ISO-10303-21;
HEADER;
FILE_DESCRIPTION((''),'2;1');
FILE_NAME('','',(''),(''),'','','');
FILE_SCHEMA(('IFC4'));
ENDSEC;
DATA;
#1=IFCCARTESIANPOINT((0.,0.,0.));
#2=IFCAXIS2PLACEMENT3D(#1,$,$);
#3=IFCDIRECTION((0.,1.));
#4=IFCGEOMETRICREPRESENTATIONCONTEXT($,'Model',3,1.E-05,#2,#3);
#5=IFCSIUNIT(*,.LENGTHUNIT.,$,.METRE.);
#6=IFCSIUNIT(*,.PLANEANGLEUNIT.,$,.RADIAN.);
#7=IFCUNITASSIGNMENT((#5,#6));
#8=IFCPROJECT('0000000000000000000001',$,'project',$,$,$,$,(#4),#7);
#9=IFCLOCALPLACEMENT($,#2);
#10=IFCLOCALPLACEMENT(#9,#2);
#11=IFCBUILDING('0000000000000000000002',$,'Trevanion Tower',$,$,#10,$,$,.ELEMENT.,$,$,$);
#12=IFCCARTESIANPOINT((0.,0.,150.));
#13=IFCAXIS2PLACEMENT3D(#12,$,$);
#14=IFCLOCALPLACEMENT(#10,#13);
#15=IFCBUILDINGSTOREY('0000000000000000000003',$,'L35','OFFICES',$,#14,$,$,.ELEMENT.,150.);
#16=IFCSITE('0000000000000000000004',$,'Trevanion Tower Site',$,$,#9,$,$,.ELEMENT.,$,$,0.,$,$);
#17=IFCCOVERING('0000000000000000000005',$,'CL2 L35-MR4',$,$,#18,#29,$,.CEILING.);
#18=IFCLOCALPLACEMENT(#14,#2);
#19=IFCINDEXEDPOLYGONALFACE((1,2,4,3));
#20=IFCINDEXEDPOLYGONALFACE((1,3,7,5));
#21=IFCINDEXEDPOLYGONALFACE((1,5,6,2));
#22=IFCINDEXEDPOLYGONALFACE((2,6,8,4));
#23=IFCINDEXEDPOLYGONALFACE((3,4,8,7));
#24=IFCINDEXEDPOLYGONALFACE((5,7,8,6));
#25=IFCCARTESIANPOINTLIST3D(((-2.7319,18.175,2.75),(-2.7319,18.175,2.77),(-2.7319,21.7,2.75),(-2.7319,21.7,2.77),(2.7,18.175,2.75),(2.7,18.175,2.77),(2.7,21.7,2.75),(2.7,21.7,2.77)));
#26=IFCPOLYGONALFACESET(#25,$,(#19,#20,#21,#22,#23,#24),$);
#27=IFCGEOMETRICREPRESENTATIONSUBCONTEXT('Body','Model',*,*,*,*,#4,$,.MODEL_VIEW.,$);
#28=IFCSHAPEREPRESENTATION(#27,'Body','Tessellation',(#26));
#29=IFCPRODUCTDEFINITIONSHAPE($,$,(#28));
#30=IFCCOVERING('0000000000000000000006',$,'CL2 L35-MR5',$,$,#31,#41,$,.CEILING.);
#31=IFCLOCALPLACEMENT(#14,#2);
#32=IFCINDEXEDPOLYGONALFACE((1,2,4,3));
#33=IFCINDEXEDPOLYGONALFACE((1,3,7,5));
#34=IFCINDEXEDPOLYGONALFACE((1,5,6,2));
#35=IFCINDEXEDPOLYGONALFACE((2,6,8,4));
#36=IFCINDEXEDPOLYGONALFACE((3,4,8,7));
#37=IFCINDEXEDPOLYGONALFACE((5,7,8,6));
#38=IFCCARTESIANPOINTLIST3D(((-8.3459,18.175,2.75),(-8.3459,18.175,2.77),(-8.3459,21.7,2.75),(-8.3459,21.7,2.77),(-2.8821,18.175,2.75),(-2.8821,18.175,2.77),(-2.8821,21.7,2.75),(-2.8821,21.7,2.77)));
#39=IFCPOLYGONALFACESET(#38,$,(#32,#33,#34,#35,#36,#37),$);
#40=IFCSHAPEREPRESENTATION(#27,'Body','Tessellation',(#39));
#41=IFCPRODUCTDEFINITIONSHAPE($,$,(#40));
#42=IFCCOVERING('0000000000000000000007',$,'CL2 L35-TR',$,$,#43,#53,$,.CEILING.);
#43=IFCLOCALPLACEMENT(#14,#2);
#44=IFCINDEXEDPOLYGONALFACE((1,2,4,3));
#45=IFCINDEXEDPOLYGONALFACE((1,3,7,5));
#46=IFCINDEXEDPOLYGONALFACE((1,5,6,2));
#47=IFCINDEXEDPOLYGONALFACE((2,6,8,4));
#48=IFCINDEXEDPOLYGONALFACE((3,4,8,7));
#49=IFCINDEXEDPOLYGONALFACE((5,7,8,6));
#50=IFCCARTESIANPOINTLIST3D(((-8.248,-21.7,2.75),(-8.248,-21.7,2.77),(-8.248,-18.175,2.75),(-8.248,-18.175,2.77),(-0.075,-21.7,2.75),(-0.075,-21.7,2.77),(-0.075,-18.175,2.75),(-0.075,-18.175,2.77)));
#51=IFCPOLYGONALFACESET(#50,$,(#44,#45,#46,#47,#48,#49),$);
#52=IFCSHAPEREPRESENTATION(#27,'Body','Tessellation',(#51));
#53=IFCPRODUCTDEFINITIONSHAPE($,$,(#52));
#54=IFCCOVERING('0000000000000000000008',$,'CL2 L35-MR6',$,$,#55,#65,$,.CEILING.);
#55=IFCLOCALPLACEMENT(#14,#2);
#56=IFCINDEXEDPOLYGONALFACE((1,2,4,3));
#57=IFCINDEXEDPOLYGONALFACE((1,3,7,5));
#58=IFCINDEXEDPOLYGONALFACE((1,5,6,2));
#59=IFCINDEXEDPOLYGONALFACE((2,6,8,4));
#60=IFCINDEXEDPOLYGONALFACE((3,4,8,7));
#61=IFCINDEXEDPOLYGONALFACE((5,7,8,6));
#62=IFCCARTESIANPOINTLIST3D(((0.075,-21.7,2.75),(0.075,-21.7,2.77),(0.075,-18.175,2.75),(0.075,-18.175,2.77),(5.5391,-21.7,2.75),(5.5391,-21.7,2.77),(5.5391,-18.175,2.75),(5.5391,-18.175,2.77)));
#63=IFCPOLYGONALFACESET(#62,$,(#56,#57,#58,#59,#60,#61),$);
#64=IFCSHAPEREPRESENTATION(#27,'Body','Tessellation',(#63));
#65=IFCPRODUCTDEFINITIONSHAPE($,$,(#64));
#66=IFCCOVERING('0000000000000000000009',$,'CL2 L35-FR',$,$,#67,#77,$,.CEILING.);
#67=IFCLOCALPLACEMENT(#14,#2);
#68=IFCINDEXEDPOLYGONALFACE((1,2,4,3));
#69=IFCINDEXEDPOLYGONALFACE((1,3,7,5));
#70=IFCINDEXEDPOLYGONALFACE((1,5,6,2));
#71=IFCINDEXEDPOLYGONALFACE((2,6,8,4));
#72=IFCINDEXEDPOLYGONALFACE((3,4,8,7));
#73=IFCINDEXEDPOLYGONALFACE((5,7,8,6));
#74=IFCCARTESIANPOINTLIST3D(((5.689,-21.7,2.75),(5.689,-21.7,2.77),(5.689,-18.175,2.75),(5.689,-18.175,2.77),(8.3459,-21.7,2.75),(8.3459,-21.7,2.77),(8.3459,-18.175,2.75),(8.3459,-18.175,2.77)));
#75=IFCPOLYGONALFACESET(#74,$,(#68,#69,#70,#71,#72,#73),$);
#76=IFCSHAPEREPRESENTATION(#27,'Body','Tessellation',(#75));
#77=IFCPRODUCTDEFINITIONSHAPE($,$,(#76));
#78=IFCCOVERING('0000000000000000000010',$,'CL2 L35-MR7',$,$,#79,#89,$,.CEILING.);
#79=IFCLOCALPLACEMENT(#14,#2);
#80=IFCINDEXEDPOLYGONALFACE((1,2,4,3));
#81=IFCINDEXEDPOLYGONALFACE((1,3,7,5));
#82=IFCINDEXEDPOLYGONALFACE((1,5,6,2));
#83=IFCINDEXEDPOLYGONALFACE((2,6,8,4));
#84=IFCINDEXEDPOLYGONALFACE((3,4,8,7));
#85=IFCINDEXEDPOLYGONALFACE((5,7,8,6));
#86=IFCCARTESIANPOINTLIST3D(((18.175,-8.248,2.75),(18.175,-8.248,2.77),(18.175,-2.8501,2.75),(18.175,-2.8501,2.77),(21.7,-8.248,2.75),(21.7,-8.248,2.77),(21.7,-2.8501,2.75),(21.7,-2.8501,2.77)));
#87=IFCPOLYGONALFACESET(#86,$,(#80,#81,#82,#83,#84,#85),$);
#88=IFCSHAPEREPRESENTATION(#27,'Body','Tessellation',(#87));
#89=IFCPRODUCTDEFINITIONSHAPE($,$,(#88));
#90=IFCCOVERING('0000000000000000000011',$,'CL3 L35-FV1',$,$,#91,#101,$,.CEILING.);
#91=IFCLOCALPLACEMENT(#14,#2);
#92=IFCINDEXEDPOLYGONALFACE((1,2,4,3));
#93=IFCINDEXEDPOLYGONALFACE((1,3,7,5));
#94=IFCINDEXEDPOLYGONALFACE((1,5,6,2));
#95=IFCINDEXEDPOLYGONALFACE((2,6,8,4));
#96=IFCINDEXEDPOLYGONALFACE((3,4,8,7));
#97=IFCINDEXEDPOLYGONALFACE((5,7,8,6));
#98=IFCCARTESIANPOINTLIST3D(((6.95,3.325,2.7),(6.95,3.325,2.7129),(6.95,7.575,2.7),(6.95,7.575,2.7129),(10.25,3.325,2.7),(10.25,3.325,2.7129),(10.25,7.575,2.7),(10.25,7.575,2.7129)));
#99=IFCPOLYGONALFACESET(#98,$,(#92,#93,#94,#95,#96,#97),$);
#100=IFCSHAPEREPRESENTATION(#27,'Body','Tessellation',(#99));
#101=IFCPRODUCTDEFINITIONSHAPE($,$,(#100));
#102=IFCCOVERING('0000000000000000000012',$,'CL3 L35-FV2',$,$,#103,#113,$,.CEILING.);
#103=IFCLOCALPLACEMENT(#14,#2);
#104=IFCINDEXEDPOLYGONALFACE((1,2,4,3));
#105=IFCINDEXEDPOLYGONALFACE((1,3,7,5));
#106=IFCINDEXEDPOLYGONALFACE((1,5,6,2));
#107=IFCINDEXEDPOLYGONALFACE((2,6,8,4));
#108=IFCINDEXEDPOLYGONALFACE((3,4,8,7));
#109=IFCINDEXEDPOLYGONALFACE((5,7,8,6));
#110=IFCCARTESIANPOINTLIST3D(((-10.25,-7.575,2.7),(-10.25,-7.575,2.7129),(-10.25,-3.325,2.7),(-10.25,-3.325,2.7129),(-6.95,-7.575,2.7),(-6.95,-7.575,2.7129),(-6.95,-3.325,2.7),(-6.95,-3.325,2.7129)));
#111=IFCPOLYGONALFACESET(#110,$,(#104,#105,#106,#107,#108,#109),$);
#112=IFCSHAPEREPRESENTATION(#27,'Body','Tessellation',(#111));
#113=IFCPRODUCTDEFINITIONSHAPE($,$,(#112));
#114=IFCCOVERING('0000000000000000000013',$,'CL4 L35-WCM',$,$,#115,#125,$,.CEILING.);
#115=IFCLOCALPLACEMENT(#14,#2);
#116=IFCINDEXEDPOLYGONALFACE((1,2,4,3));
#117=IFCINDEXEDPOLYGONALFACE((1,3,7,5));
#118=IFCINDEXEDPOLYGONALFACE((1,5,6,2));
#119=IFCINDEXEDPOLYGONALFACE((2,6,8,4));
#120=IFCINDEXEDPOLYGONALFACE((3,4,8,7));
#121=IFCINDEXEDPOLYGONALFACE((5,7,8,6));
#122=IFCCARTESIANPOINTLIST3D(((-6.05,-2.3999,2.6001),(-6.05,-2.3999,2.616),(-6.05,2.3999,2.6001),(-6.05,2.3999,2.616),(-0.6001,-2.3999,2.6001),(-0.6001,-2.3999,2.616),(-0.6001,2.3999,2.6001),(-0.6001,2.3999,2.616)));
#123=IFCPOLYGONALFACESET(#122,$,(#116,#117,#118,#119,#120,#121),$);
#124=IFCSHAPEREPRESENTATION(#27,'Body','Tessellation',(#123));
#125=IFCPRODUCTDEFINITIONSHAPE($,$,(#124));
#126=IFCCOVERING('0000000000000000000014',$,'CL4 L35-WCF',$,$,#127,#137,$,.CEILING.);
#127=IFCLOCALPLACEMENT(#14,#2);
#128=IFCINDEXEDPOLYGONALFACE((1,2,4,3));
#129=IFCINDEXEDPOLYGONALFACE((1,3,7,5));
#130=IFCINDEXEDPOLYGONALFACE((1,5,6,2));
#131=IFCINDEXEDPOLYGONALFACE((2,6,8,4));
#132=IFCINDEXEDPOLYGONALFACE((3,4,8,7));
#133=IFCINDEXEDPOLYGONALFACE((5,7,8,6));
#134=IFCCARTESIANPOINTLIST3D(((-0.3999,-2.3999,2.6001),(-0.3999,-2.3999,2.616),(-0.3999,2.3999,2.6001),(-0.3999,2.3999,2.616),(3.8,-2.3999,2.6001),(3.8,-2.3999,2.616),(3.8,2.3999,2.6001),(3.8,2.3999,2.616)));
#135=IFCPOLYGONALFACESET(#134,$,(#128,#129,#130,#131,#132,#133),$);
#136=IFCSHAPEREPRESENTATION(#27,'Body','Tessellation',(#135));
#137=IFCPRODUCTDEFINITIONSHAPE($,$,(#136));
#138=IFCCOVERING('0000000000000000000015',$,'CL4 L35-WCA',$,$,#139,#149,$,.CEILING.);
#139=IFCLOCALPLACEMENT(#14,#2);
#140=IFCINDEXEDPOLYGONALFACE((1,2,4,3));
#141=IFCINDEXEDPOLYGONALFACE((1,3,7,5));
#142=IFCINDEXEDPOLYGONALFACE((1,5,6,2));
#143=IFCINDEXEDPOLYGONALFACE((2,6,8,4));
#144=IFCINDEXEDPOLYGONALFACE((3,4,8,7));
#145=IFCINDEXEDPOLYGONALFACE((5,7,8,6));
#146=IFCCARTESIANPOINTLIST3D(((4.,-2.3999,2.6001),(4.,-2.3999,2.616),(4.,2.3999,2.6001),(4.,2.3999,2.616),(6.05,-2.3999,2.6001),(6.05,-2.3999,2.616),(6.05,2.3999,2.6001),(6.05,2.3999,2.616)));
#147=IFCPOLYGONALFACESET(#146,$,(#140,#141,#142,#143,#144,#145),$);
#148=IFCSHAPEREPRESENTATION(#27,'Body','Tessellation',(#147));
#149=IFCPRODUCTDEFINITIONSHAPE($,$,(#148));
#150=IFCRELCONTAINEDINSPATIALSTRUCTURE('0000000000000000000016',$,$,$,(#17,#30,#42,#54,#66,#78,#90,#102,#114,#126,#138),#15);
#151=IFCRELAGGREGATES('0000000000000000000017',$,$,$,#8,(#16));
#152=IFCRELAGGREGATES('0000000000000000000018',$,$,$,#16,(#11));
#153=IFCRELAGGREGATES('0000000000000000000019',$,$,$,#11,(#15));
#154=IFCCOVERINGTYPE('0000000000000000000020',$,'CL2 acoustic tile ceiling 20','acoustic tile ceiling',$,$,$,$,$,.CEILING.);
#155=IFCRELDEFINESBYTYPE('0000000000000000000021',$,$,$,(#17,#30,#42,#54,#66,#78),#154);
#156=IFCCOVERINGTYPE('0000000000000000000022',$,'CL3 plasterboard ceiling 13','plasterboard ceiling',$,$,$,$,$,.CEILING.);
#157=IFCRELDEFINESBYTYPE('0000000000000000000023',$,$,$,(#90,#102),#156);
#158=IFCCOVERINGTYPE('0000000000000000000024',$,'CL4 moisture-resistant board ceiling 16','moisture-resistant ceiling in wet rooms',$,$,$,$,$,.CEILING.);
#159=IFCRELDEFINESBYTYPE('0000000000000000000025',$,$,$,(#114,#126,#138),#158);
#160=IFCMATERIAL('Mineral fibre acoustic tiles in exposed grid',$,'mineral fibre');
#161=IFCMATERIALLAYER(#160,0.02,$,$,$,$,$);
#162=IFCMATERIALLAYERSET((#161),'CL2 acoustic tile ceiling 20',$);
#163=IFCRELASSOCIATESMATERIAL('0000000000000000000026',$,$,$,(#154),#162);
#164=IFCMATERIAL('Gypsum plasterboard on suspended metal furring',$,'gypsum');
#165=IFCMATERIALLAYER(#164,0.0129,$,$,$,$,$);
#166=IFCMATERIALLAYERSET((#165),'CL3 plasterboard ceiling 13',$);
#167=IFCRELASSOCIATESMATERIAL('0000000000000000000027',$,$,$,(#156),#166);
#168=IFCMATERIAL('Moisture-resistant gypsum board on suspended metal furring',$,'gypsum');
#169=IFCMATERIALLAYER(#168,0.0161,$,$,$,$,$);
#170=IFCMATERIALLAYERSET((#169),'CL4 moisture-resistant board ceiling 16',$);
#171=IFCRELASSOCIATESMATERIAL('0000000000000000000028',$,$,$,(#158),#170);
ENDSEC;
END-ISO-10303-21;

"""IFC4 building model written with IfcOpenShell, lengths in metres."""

from ifc_helpers import new_model, si_unit, direction, frame, origin, place, context, subcontext, project, spatial, polyline, outline, extrude, material, layer, layer_set, type_object, element, save


model = new_model("IFC4")

# Units and contexts
model_context = context("Model", 3, precision=1e-05, world=origin(), true_north=direction((0.0, 1.0)))
body_context = subcontext(model_context, "Body", "Model", "MODEL_VIEW")
ifc_project = project(units=[si_unit("LENGTHUNIT", "METRE"), si_unit("PLANEANGLEUNIT", "RADIAN")], contexts=[model_context])

# Site, building, storey
site_placement = place(None, origin())
site = spatial("IfcSite", under=ifc_project, at=site_placement, Name="Trevanion Tower Site", CompositionType="ELEMENT", RefElevation=0.0)
building_placement = place(site_placement, origin())
building = spatial("IfcBuilding", under=site, at=building_placement, Name="Trevanion Tower", CompositionType="ELEMENT")
storey_placement = place(building_placement, frame((0.0, 0.0, 150.0)))
storey = spatial("IfcBuildingStorey", under=building, at=storey_placement, Name="L35", Description="OFFICES", CompositionType="ELEMENT", Elevation=150.0)

# Coverings
ifc_material_1 = material(Name="Mineral fibre acoustic tiles in exposed grid", Category="mineral fibre")
ifc_layer_1 = layer(ifc_material_1, 0.02)
ifc_layer_set_1 = layer_set([ifc_layer_1], Name="CL2 acoustic tile ceiling 20")
covering_type_1 = type_object("IfcCoveringType", Name="CL2 acoustic tile ceiling 20", Description="acoustic tile ceiling", PredefinedType="CEILING", material=ifc_layer_set_1)
covering_1_placement = place(storey_placement, frame((0.0, 0.0, 2.75)))
element("IfcCovering", 1, at=covering_1_placement, inside=storey, type_object=covering_type_1, Name="CL2 L35-MR4", PredefinedType="CEILING", context=body_context, shape_type="SweptSolid", body=[
    extrude(outline(polyline([(2.7, 18.175), (-2.7319, 18.175), (-2.7319, 21.7), (2.7, 21.7), (2.7, 18.175)])), origin(), (0.0, 0.0, 1.0), 0.02),
])
covering_2_placement = place(storey_placement, frame((0.0, 0.0, 2.75)))
element("IfcCovering", 2, at=covering_2_placement, inside=storey, type_object=covering_type_1, Name="CL2 L35-MR5", PredefinedType="CEILING", context=body_context, shape_type="SweptSolid", body=[
    extrude(outline(polyline([(-2.8821, 18.175), (-8.3459, 18.175), (-8.3459, 21.7), (-2.8821, 21.7), (-2.8821, 18.175)])), origin(), (0.0, 0.0, 1.0), 0.02),
])
covering_3_placement = place(storey_placement, frame((0.0, 0.0, 2.75)))
element("IfcCovering", 3, at=covering_3_placement, inside=storey, type_object=covering_type_1, Name="CL2 L35-TR", PredefinedType="CEILING", context=body_context, shape_type="SweptSolid", body=[
    extrude(outline(polyline([(-8.248, -18.175), (-0.075, -18.175), (-0.075, -21.7), (-8.248, -21.7), (-8.248, -18.175)])), origin(), (0.0, 0.0, 1.0), 0.02),
])
covering_4_placement = place(storey_placement, frame((0.0, 0.0, 2.75)))
element("IfcCovering", 4, at=covering_4_placement, inside=storey, type_object=covering_type_1, Name="CL2 L35-MR6", PredefinedType="CEILING", context=body_context, shape_type="SweptSolid", body=[
    extrude(outline(polyline([(0.075, -18.175), (5.5391, -18.175), (5.5391, -21.7), (0.075, -21.7), (0.075, -18.175)])), origin(), (0.0, 0.0, 1.0), 0.02),
])
covering_5_placement = place(storey_placement, frame((0.0, 0.0, 2.75)))
element("IfcCovering", 5, at=covering_5_placement, inside=storey, type_object=covering_type_1, Name="CL2 L35-FR", PredefinedType="CEILING", context=body_context, shape_type="SweptSolid", body=[
    extrude(outline(polyline([(5.689, -18.175), (8.3459, -18.175), (8.3459, -21.7), (5.689, -21.7), (5.689, -18.175)])), origin(), (0.0, 0.0, 1.0), 0.02),
])
covering_6_placement = place(storey_placement, frame((0.0, 0.0, 2.75)))
element("IfcCovering", 6, at=covering_6_placement, inside=storey, type_object=covering_type_1, Name="CL2 L35-MR7", PredefinedType="CEILING", context=body_context, shape_type="SweptSolid", body=[
    extrude(outline(polyline([(18.175, -8.248), (18.175, -2.8501), (21.7, -2.8501), (21.7, -8.248), (18.175, -8.248)])), origin(), (0.0, 0.0, 1.0), 0.02),
])
ifc_material_2 = material(Name="Gypsum plasterboard on suspended metal furring", Category="gypsum")
ifc_layer_2 = layer(ifc_material_2, 0.0129)
ifc_layer_set_2 = layer_set([ifc_layer_2], Name="CL3 plasterboard ceiling 13")
covering_type_2 = type_object("IfcCoveringType", Name="CL3 plasterboard ceiling 13", Description="plasterboard ceiling", PredefinedType="CEILING", material=ifc_layer_set_2)
covering_7_placement = place(storey_placement, frame((0.0, 0.0, 2.7)))
element("IfcCovering", 7, at=covering_7_placement, inside=storey, type_object=covering_type_2, Name="CL3 L35-FV1", PredefinedType="CEILING", context=body_context, shape_type="SweptSolid", body=[
    extrude(outline(polyline([(10.25, 3.325), (10.25, 7.575), (6.95, 7.575), (6.95, 3.325), (10.25, 3.325)])), origin(), (0.0, 0.0, 1.0), 0.0129),
])
covering_8_placement = place(storey_placement, frame((0.0, 0.0, 2.7)))
element("IfcCovering", 8, at=covering_8_placement, inside=storey, type_object=covering_type_2, Name="CL3 L35-FV2", PredefinedType="CEILING", context=body_context, shape_type="SweptSolid", body=[
    extrude(outline(polyline([(-10.25, -3.325), (-10.25, -7.575), (-6.95, -7.575), (-6.95, -3.325), (-10.25, -3.325)])), origin(), (0.0, 0.0, 1.0), 0.0129),
])
ifc_material_3 = material(Name="Moisture-resistant gypsum board on suspended metal furring", Category="gypsum")
ifc_layer_3 = layer(ifc_material_3, 0.0161)
ifc_layer_set_3 = layer_set([ifc_layer_3], Name="CL4 moisture-resistant board ceiling 16")
covering_type_3 = type_object("IfcCoveringType", Name="CL4 moisture-resistant board ceiling 16", Description="moisture-resistant ceiling in wet rooms", PredefinedType="CEILING", material=ifc_layer_set_3)
covering_9_placement = place(storey_placement, frame((0.0, 0.0, 2.6001)))
element("IfcCovering", 9, at=covering_9_placement, inside=storey, type_object=covering_type_3, Name="CL4 L35-WCM", PredefinedType="CEILING", context=body_context, shape_type="SweptSolid", body=[
    extrude(outline(polyline([(-0.6001, -2.3999), (-0.6001, 2.3999), (-6.05, 2.3999), (-6.05, -2.3999), (-0.6001, -2.3999)])), origin(), (0.0, 0.0, 1.0), 0.0159),
])
covering_10_placement = place(storey_placement, frame((0.0, 0.0, 2.6001)))
element("IfcCovering", 10, at=covering_10_placement, inside=storey, type_object=covering_type_3, Name="CL4 L35-WCF", PredefinedType="CEILING", context=body_context, shape_type="SweptSolid", body=[
    extrude(outline(polyline([(3.8, -2.3999), (3.8, 2.3999), (-0.3999, 2.3999), (-0.3999, -2.3999), (3.8, -2.3999)])), origin(), (0.0, 0.0, 1.0), 0.0159),
])
covering_11_placement = place(storey_placement, frame((0.0, 0.0, 2.6001)))
element("IfcCovering", 11, at=covering_11_placement, inside=storey, type_object=covering_type_3, Name="CL4 L35-WCA", PredefinedType="CEILING", context=body_context, shape_type="SweptSolid", body=[
    extrude(outline(polyline([(6.05, -2.3999), (6.05, 2.3999), (4.0, 2.3999), (4.0, -2.3999), (6.05, -2.3999)])), origin(), (0.0, 0.0, 1.0), 0.0159),
])

save(model, "model.ifc")
